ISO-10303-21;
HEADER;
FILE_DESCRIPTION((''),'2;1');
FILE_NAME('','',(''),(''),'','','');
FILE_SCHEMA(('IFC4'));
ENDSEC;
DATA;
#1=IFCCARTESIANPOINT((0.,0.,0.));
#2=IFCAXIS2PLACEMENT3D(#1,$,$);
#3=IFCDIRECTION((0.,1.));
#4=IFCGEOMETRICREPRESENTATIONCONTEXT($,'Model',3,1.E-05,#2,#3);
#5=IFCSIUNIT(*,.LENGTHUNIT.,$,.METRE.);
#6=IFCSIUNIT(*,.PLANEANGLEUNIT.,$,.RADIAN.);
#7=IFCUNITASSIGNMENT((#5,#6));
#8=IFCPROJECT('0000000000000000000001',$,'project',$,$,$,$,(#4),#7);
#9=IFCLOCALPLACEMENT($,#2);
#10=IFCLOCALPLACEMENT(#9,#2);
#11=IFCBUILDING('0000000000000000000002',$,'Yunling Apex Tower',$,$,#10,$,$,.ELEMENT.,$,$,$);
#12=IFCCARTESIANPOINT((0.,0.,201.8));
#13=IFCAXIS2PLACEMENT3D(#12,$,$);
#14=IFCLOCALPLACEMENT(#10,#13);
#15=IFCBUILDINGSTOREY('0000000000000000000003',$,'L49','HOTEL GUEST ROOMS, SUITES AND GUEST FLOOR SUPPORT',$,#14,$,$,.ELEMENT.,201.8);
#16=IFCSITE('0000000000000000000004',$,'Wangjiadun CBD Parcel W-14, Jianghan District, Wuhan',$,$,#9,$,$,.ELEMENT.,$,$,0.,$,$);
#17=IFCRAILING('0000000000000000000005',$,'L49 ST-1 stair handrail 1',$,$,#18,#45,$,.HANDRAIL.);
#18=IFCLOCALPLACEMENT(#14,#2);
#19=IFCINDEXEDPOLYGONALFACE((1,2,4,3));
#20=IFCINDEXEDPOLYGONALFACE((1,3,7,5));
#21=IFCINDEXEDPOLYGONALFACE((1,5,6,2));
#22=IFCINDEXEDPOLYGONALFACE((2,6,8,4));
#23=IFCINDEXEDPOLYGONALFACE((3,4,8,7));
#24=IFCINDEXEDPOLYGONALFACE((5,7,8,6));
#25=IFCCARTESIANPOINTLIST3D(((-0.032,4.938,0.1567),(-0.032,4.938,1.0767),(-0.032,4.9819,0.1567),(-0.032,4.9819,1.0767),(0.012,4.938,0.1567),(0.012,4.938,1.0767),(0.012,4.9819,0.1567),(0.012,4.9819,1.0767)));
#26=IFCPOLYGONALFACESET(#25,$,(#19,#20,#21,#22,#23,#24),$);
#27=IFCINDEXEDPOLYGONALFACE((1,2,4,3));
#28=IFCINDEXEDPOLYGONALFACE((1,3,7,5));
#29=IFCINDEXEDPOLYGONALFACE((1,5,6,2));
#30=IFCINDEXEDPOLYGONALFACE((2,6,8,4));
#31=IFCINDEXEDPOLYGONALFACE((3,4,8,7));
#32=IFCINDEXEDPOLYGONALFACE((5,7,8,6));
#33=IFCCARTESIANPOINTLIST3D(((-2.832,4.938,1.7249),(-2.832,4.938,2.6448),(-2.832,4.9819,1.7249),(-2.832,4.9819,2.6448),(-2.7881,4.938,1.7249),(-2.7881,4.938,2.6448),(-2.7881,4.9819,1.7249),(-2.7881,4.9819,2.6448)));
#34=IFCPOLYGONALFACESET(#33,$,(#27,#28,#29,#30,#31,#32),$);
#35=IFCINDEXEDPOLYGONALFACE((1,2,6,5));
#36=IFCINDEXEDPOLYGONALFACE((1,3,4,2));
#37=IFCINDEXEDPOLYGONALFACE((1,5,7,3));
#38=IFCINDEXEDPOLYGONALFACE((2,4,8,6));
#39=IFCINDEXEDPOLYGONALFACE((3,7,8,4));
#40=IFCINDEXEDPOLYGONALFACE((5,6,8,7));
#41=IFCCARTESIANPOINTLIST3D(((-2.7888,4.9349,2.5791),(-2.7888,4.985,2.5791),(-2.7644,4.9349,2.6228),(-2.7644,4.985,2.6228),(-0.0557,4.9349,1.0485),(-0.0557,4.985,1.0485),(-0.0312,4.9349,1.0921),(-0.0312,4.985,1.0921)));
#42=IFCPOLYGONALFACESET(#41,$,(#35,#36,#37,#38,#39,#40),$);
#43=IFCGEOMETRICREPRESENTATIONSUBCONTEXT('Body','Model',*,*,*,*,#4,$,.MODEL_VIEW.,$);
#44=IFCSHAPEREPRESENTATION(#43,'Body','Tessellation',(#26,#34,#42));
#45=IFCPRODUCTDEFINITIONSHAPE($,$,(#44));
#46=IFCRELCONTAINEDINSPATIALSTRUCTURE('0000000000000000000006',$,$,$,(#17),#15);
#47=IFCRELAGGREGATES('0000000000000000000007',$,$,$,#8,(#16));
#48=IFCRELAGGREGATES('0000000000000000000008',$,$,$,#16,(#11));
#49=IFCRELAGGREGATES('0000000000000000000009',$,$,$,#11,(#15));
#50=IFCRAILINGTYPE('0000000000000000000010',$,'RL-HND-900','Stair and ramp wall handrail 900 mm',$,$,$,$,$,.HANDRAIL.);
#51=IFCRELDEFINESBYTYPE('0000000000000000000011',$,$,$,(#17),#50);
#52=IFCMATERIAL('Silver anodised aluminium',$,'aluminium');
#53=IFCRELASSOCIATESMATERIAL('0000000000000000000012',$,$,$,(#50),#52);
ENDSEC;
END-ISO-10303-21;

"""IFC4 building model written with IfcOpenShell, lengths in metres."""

from ifc_helpers import new_model, si_unit, direction, frame, origin, origin_2d, place, context, subcontext, project, spatial, rectangle, extrude, material, type_object, element, save


model = new_model("IFC4")

# Units and contexts
model_context = context("Model", 3, precision=1e-05, world=origin(), true_north=direction((0.0, 1.0)))
body_context = subcontext(model_context, "Body", "Model", "MODEL_VIEW")
ifc_project = project(units=[si_unit("LENGTHUNIT", "METRE"), si_unit("PLANEANGLEUNIT", "RADIAN")], contexts=[model_context])

# Site, building, storey
site_placement = place(None, origin())
site = spatial("IfcSite", under=ifc_project, at=site_placement, Name="Wangjiadun CBD Parcel W-14, Jianghan District, Wuhan", CompositionType="ELEMENT", RefElevation=0.0)
building_placement = place(site_placement, origin())
building = spatial("IfcBuilding", under=site, at=building_placement, Name="Yunling Apex Tower", CompositionType="ELEMENT")
storey_placement = place(building_placement, frame((0.0, 0.0, 201.8)))
storey = spatial("IfcBuildingStorey", under=building, at=storey_placement, Name="L49", Description="HOTEL GUEST ROOMS, SUITES AND GUEST FLOOR SUPPORT", CompositionType="ELEMENT", Elevation=201.8)

# Railing
ifc_material_1 = material(Name="Silver anodised aluminium", Category="aluminium")
railing_type_1 = type_object("IfcRailingType", Name="RL-HND-900", Description="Stair and ramp wall handrail 900 mm", PredefinedType="HANDRAIL", material=ifc_material_1)
railing_1_placement = place(storey_placement, frame((-0.01, 4.96, 0.1567)))
element("IfcRailing", 1, at=railing_1_placement, inside=storey, type_object=railing_type_1, Name="L49 ST-1 stair handrail 1", PredefinedType="HANDRAIL", context=body_context, shape_type="SweptSolid", body=[
    extrude(rectangle(XDim=0.0439, YDim=0.0439, at=origin_2d()), origin(), (0.0, 0.0, 1.0), 0.9199),
    extrude(rectangle(XDim=0.0439, YDim=0.0439, at=origin_2d()), frame((-2.8, 0.0, 1.5681)), (0.0, 0.0, 1.0), 0.9199),
    extrude(rectangle(XDim=0.05, YDim=0.05, at=origin_2d()), frame((-0.0334, 0.0, 0.9136), z_axis=(-0.872494, 0.0, 0.488624), x_axis=(0.0, -1.0, 0.0)), (0.0, 0.0, 1.0), 3.1326),
])

save(model, "model.ifc")
